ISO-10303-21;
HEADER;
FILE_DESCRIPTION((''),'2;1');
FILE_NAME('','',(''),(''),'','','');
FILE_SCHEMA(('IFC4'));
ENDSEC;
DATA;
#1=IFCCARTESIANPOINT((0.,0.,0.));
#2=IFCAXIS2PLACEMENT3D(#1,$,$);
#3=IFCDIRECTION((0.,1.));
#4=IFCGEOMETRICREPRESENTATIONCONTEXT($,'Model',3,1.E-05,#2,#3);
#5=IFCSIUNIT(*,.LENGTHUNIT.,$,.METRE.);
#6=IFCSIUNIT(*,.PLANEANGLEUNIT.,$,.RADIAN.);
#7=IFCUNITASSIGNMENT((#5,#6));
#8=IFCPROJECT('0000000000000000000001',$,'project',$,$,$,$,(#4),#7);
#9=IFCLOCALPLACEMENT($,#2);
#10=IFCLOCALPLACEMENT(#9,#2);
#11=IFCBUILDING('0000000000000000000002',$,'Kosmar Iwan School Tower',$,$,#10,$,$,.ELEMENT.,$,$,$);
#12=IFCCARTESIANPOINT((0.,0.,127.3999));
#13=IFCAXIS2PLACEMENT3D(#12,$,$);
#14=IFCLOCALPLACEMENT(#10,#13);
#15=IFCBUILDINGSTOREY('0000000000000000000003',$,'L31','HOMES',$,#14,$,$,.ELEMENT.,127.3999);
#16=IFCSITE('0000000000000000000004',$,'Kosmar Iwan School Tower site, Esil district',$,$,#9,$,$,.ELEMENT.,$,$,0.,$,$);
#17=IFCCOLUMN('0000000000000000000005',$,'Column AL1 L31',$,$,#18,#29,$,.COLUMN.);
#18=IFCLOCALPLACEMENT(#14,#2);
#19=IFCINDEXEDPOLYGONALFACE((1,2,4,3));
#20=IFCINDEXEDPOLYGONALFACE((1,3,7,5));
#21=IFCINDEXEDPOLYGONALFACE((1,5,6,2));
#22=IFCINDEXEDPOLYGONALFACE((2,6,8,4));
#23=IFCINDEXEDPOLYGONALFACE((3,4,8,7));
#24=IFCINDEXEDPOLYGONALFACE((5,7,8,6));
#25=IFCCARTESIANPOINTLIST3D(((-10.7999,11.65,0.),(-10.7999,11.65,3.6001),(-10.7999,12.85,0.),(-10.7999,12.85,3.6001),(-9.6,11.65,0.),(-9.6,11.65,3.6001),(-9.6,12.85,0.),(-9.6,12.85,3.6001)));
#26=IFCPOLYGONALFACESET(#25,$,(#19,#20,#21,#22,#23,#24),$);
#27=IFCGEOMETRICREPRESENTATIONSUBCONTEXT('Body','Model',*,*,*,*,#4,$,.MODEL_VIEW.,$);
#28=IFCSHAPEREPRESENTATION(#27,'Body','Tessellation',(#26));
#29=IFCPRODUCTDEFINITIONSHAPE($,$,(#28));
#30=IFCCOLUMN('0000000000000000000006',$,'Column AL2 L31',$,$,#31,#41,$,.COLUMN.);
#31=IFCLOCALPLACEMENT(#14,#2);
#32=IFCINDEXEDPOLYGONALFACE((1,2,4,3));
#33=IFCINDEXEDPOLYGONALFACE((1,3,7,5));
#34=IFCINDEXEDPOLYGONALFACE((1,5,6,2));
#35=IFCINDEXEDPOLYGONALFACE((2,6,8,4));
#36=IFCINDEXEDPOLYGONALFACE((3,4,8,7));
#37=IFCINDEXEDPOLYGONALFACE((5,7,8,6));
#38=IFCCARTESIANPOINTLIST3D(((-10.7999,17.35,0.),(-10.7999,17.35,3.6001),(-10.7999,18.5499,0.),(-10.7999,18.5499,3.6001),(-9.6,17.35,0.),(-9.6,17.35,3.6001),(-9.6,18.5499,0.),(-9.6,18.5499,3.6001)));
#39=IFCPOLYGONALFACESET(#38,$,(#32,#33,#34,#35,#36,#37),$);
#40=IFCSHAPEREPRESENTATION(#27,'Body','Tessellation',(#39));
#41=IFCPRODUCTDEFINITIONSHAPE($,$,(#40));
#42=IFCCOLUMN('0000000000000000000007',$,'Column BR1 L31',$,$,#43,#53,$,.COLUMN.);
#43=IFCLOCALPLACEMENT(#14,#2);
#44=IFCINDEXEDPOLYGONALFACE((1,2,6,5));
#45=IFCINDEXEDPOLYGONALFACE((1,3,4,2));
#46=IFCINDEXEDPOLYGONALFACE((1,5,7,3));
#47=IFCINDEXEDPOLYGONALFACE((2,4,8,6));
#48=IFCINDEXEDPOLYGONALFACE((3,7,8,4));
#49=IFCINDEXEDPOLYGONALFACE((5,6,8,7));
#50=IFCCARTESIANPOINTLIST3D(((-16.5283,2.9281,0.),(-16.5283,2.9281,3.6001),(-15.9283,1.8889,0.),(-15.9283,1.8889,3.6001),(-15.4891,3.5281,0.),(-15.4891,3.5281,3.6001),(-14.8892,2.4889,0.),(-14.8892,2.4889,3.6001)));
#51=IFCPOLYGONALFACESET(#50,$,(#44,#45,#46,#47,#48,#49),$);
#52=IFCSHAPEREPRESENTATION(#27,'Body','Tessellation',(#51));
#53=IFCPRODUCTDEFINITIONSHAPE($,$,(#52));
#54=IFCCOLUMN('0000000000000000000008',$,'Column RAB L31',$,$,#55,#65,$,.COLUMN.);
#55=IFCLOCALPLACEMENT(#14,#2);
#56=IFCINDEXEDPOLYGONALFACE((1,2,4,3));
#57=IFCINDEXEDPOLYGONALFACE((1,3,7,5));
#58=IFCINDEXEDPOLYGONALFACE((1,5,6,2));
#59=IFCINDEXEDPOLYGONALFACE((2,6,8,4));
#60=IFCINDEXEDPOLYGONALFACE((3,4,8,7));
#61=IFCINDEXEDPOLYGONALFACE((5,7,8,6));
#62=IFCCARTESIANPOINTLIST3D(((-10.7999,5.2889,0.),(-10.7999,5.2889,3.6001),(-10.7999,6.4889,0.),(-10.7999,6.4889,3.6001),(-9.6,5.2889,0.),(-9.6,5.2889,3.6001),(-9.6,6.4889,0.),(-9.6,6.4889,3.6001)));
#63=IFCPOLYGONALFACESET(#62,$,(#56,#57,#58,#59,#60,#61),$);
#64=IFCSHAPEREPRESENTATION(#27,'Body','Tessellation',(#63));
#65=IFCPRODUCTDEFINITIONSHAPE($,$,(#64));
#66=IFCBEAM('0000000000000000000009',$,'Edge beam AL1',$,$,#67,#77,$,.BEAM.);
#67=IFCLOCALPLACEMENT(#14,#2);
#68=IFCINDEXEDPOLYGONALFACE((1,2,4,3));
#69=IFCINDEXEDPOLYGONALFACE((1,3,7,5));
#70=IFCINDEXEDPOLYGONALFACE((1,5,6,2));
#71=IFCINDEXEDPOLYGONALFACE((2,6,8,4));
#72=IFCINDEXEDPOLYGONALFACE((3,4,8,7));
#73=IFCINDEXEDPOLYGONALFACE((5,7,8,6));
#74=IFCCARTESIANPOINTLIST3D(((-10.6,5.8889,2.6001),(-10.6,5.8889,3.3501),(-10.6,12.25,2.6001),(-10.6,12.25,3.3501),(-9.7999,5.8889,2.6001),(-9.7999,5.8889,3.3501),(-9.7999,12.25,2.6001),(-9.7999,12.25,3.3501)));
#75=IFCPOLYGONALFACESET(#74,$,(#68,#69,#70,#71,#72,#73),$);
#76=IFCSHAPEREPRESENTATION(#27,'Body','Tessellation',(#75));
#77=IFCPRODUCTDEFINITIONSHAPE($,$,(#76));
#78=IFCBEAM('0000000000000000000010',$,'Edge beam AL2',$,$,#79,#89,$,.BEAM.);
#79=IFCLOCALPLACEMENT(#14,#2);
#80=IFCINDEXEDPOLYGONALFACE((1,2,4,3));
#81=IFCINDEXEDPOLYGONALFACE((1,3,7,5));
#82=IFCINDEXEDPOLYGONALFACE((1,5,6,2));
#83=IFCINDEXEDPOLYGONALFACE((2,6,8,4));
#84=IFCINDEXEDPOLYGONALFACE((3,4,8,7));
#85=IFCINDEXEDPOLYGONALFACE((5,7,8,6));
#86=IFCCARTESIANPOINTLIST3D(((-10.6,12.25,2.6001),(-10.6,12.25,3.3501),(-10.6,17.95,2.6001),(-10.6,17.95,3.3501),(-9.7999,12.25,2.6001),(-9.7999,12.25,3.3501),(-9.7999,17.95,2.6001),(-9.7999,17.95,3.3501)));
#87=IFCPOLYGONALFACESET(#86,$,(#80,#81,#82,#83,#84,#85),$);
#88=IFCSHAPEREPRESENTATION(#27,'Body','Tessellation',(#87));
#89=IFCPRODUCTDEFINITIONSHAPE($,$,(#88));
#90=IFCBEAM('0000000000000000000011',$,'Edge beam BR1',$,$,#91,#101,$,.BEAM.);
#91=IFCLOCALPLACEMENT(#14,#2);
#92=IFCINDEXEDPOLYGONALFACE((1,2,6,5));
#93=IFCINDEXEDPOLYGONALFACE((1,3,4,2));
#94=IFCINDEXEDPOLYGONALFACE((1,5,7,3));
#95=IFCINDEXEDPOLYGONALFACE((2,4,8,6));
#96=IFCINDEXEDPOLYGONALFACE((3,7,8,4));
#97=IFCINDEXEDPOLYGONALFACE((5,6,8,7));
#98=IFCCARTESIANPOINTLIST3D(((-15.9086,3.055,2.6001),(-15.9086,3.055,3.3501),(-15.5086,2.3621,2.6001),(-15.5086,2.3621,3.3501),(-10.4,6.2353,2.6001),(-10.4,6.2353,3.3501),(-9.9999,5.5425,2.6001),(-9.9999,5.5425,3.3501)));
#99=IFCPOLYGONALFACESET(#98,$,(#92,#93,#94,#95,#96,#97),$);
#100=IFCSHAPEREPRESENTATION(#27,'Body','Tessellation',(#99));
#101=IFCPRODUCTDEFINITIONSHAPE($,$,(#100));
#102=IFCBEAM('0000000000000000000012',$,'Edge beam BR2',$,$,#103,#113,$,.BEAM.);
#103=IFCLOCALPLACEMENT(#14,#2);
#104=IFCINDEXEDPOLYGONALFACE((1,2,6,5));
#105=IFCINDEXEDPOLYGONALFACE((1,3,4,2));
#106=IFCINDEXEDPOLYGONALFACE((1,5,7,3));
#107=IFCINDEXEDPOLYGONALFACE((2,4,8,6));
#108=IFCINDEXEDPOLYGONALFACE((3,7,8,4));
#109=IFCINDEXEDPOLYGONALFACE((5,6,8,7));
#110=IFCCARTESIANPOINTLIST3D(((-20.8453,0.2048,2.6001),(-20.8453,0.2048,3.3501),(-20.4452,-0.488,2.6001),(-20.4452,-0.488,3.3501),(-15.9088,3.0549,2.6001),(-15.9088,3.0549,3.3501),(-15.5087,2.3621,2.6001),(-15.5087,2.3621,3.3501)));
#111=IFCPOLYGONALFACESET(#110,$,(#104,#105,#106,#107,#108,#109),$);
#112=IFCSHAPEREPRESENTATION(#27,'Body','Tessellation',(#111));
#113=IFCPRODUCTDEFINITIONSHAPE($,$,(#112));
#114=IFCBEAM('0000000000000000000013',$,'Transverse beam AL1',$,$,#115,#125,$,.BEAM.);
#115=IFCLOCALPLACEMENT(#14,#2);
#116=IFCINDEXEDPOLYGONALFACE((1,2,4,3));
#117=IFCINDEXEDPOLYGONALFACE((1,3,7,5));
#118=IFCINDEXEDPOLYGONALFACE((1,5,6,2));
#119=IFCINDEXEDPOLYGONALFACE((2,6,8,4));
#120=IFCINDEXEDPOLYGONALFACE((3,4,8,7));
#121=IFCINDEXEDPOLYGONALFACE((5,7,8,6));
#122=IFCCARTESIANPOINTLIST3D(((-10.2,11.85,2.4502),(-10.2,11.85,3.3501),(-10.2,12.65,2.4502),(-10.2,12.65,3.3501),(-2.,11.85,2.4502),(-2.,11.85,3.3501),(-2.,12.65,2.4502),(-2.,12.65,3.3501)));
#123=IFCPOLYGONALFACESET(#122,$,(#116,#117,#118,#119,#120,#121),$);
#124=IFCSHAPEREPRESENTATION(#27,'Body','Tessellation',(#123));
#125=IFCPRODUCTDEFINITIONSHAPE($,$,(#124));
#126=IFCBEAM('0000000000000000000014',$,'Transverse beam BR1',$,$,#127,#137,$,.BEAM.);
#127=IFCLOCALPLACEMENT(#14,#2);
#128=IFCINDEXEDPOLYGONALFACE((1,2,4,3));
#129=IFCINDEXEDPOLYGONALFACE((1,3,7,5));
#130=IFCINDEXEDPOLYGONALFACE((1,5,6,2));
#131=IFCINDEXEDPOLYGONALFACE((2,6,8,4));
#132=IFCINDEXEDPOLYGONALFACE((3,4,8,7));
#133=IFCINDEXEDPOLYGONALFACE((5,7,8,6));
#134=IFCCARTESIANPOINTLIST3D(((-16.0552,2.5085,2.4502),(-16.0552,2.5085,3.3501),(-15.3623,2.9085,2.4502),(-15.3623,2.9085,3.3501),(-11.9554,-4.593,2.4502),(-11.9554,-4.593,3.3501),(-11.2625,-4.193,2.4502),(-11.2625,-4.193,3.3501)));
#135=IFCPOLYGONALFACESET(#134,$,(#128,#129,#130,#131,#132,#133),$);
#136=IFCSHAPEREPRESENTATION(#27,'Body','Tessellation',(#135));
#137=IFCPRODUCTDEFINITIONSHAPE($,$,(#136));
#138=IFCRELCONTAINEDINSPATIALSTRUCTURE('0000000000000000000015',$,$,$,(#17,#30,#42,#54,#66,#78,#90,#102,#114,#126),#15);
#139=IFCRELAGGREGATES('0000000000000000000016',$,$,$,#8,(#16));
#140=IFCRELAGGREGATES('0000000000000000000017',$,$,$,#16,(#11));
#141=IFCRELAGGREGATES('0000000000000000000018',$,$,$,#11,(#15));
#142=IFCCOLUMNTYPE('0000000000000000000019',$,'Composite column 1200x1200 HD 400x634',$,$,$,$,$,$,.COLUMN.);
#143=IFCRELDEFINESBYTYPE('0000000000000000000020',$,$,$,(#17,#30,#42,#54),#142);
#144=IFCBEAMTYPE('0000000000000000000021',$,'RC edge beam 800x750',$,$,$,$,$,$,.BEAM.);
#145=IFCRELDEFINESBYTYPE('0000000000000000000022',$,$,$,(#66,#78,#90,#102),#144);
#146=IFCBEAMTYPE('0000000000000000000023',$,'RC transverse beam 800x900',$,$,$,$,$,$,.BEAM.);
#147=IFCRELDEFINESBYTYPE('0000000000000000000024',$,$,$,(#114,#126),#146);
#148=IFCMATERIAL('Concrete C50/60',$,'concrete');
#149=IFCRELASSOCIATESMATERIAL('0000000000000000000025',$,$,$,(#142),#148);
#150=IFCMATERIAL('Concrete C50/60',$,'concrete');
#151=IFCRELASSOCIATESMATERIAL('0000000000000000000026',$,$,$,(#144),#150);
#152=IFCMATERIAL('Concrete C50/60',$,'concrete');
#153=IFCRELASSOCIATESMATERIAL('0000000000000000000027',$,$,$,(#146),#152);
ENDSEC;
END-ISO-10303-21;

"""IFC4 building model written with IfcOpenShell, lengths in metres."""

from ifc_helpers import new_model, si_unit, direction, frame, origin, origin_2d, place, context, subcontext, project, spatial, rectangle, extrude, material, material_profile, profile_set, type_object, element, save


model = new_model("IFC4")

# Units and contexts
model_context = context("Model", 3, precision=1e-05, world=origin(), true_north=direction((0.0, 1.0)))
body_context = subcontext(model_context, "Body", "Model", "MODEL_VIEW")
ifc_project = project(units=[si_unit("LENGTHUNIT", "METRE"), si_unit("PLANEANGLEUNIT", "RADIAN")], contexts=[model_context])

# Site, building, storey
site_placement = place(None, origin())
site = spatial("IfcSite", under=ifc_project, at=site_placement, Name="Kosmar Iwan School Tower site, Esil district", CompositionType="ELEMENT", RefElevation=0.0)
building_placement = place(site_placement, origin())
building = spatial("IfcBuilding", under=site, at=building_placement, Name="Kosmar Iwan School Tower", CompositionType="ELEMENT")
storey_placement = place(building_placement, frame((0.0, 0.0, 127.3999)))
storey = spatial("IfcBuildingStorey", under=building, at=storey_placement, Name="L31", Description="HOMES", CompositionType="ELEMENT", Elevation=127.3999)

# Columns
ifc_material_1 = material(Name="Concrete C50/60", Category="concrete")
ifc_material_profile_1 = material_profile(ifc_material_1, rectangle(XDim=1.2, YDim=1.2, at=origin_2d()), Name="RC 1200x1200 + HD 400x634")
ifc_profile_set_1 = profile_set([ifc_material_profile_1], Name="Concrete C50/60")
column_type = type_object("IfcColumnType", Name="Composite column 1200x1200 HD 400x634", PredefinedType="COLUMN", material=ifc_profile_set_1)
for number, where, z_axis, x_axis, name in (
    (1, (-10.2, 12.25, 0.0), (0.0, 0.0, 1.0), (0.0, 1.0, 0.0), "Column AL1 L31"),
    (2, (-10.2, 17.95, 0.0), (0.0, 0.0, 1.0), (0.0, 1.0, 0.0), "Column AL2 L31"),
    (3, (-15.7087, 2.7085, 0.0), (0.0, 0.0, 1.0), (-0.866025, -0.5, 0.0), "Column BR1 L31"),
    (4, (-10.2, 5.8889, 0.0), (0.0, 0.0, 1.0), (1.0, 0.0, 0.0), "Column RAB L31"),
):
    element("IfcColumn", number, at=place(storey_placement, frame(where, z_axis=z_axis, x_axis=x_axis)), inside=storey, type_object=column_type, Name=name, PredefinedType="COLUMN", context=body_context, shape_type="SweptSolid", body=[
        extrude(rectangle(XDim=1.2, YDim=1.2, at=origin_2d()), origin(), (0.0, 0.0, 1.0), 3.6001),
    ])

# Beams
ifc_material_2 = material(Name="Concrete C50/60", Category="concrete")
ifc_material_profile_2 = material_profile(ifc_material_2, rectangle(XDim=0.8, YDim=0.75, at=origin_2d()), Name="RC 800x750")
ifc_profile_set_2 = profile_set([ifc_material_profile_2], Name="Concrete C50/60")
beam_type_1 = type_object("IfcBeamType", Name="RC edge beam 800x750", PredefinedType="BEAM", material=ifc_profile_set_2)
beam_1_placement = place(storey_placement, frame((-10.2, 5.8889, 2.9751), z_axis=(0.0, 1.0, 0.0), x_axis=(-1.0, 0.0, 0.0)))
element("IfcBeam", 5, at=beam_1_placement, inside=storey, type_object=beam_type_1, Name="Edge beam AL1", PredefinedType="BEAM", context=body_context, shape_type="SweptSolid", body=[
    extrude(rectangle(XDim=0.8, YDim=0.75, at=origin_2d()), origin(), (0.0, 0.0, 1.0), 6.3611),
])
beam_2_placement = place(storey_placement, frame((-10.2, 12.25, 2.9751), z_axis=(0.0, 1.0, 0.0), x_axis=(-1.0, 0.0, 0.0)))
element("IfcBeam", 6, at=beam_2_placement, inside=storey, type_object=beam_type_1, Name="Edge beam AL2", PredefinedType="BEAM", context=body_context, shape_type="SweptSolid", body=[
    extrude(rectangle(XDim=0.8, YDim=0.75, at=origin_2d()), origin(), (0.0, 0.0, 1.0), 5.7),
])
beam_3_placement = place(storey_placement, frame((-10.2, 5.8889, 2.9751), z_axis=(-0.866031, -0.49999, 0.0), x_axis=(0.49999, -0.866031, 0.0)))
element("IfcBeam", 7, at=beam_3_placement, inside=storey, type_object=beam_type_1, Name="Edge beam BR1", PredefinedType="BEAM", context=body_context, shape_type="SweptSolid", body=[
    extrude(rectangle(XDim=0.8, YDim=0.75, at=origin_2d()), origin(), (0.0, 0.0, 1.0), 6.3608),
])
beam_4_placement = place(storey_placement, frame((-15.7087, 2.7085, 2.9751), z_axis=(-0.866026, -0.499999, 0.0), x_axis=(0.499999, -0.866026, 0.0)))
element("IfcBeam", 8, at=beam_4_placement, inside=storey, type_object=beam_type_1, Name="Edge beam BR2", PredefinedType="BEAM", context=body_context, shape_type="SweptSolid", body=[
    extrude(rectangle(XDim=0.8, YDim=0.75, at=origin_2d()), origin(), (0.0, 0.0, 1.0), 5.7002),
])
ifc_material_3 = material(Name="Concrete C50/60", Category="concrete")
ifc_material_profile_3 = material_profile(ifc_material_3, rectangle(XDim=0.8, YDim=0.8999, at=origin_2d()), Name="RC 800x900")
ifc_profile_set_3 = profile_set([ifc_material_profile_3], Name="Concrete C50/60")
beam_type_2 = type_object("IfcBeamType", Name="RC transverse beam 800x900", PredefinedType="BEAM", material=ifc_profile_set_3)
for number, where, z_axis, x_axis, name in (
    (9, (-10.2, 12.25, 2.9001), (1.0, 0.0, 0.0), (0.0, 1.0, 0.0), "Transverse beam AL1"),
    (10, (-15.7087, 2.7085, 2.9001), (0.499978, -0.866038, 0.0), (0.866038, 0.499978, 0.0), "Transverse beam BR1"),
):
    element("IfcBeam", number, at=place(storey_placement, frame(where, z_axis=z_axis, x_axis=x_axis)), inside=storey, type_object=beam_type_2, Name=name, PredefinedType="BEAM", context=body_context, shape_type="SweptSolid", body=[
        extrude(rectangle(XDim=0.8, YDim=0.8999, at=origin_2d()), origin(), (0.0, 0.0, 1.0), 8.2),
    ])

save(model, "model.ifc")
